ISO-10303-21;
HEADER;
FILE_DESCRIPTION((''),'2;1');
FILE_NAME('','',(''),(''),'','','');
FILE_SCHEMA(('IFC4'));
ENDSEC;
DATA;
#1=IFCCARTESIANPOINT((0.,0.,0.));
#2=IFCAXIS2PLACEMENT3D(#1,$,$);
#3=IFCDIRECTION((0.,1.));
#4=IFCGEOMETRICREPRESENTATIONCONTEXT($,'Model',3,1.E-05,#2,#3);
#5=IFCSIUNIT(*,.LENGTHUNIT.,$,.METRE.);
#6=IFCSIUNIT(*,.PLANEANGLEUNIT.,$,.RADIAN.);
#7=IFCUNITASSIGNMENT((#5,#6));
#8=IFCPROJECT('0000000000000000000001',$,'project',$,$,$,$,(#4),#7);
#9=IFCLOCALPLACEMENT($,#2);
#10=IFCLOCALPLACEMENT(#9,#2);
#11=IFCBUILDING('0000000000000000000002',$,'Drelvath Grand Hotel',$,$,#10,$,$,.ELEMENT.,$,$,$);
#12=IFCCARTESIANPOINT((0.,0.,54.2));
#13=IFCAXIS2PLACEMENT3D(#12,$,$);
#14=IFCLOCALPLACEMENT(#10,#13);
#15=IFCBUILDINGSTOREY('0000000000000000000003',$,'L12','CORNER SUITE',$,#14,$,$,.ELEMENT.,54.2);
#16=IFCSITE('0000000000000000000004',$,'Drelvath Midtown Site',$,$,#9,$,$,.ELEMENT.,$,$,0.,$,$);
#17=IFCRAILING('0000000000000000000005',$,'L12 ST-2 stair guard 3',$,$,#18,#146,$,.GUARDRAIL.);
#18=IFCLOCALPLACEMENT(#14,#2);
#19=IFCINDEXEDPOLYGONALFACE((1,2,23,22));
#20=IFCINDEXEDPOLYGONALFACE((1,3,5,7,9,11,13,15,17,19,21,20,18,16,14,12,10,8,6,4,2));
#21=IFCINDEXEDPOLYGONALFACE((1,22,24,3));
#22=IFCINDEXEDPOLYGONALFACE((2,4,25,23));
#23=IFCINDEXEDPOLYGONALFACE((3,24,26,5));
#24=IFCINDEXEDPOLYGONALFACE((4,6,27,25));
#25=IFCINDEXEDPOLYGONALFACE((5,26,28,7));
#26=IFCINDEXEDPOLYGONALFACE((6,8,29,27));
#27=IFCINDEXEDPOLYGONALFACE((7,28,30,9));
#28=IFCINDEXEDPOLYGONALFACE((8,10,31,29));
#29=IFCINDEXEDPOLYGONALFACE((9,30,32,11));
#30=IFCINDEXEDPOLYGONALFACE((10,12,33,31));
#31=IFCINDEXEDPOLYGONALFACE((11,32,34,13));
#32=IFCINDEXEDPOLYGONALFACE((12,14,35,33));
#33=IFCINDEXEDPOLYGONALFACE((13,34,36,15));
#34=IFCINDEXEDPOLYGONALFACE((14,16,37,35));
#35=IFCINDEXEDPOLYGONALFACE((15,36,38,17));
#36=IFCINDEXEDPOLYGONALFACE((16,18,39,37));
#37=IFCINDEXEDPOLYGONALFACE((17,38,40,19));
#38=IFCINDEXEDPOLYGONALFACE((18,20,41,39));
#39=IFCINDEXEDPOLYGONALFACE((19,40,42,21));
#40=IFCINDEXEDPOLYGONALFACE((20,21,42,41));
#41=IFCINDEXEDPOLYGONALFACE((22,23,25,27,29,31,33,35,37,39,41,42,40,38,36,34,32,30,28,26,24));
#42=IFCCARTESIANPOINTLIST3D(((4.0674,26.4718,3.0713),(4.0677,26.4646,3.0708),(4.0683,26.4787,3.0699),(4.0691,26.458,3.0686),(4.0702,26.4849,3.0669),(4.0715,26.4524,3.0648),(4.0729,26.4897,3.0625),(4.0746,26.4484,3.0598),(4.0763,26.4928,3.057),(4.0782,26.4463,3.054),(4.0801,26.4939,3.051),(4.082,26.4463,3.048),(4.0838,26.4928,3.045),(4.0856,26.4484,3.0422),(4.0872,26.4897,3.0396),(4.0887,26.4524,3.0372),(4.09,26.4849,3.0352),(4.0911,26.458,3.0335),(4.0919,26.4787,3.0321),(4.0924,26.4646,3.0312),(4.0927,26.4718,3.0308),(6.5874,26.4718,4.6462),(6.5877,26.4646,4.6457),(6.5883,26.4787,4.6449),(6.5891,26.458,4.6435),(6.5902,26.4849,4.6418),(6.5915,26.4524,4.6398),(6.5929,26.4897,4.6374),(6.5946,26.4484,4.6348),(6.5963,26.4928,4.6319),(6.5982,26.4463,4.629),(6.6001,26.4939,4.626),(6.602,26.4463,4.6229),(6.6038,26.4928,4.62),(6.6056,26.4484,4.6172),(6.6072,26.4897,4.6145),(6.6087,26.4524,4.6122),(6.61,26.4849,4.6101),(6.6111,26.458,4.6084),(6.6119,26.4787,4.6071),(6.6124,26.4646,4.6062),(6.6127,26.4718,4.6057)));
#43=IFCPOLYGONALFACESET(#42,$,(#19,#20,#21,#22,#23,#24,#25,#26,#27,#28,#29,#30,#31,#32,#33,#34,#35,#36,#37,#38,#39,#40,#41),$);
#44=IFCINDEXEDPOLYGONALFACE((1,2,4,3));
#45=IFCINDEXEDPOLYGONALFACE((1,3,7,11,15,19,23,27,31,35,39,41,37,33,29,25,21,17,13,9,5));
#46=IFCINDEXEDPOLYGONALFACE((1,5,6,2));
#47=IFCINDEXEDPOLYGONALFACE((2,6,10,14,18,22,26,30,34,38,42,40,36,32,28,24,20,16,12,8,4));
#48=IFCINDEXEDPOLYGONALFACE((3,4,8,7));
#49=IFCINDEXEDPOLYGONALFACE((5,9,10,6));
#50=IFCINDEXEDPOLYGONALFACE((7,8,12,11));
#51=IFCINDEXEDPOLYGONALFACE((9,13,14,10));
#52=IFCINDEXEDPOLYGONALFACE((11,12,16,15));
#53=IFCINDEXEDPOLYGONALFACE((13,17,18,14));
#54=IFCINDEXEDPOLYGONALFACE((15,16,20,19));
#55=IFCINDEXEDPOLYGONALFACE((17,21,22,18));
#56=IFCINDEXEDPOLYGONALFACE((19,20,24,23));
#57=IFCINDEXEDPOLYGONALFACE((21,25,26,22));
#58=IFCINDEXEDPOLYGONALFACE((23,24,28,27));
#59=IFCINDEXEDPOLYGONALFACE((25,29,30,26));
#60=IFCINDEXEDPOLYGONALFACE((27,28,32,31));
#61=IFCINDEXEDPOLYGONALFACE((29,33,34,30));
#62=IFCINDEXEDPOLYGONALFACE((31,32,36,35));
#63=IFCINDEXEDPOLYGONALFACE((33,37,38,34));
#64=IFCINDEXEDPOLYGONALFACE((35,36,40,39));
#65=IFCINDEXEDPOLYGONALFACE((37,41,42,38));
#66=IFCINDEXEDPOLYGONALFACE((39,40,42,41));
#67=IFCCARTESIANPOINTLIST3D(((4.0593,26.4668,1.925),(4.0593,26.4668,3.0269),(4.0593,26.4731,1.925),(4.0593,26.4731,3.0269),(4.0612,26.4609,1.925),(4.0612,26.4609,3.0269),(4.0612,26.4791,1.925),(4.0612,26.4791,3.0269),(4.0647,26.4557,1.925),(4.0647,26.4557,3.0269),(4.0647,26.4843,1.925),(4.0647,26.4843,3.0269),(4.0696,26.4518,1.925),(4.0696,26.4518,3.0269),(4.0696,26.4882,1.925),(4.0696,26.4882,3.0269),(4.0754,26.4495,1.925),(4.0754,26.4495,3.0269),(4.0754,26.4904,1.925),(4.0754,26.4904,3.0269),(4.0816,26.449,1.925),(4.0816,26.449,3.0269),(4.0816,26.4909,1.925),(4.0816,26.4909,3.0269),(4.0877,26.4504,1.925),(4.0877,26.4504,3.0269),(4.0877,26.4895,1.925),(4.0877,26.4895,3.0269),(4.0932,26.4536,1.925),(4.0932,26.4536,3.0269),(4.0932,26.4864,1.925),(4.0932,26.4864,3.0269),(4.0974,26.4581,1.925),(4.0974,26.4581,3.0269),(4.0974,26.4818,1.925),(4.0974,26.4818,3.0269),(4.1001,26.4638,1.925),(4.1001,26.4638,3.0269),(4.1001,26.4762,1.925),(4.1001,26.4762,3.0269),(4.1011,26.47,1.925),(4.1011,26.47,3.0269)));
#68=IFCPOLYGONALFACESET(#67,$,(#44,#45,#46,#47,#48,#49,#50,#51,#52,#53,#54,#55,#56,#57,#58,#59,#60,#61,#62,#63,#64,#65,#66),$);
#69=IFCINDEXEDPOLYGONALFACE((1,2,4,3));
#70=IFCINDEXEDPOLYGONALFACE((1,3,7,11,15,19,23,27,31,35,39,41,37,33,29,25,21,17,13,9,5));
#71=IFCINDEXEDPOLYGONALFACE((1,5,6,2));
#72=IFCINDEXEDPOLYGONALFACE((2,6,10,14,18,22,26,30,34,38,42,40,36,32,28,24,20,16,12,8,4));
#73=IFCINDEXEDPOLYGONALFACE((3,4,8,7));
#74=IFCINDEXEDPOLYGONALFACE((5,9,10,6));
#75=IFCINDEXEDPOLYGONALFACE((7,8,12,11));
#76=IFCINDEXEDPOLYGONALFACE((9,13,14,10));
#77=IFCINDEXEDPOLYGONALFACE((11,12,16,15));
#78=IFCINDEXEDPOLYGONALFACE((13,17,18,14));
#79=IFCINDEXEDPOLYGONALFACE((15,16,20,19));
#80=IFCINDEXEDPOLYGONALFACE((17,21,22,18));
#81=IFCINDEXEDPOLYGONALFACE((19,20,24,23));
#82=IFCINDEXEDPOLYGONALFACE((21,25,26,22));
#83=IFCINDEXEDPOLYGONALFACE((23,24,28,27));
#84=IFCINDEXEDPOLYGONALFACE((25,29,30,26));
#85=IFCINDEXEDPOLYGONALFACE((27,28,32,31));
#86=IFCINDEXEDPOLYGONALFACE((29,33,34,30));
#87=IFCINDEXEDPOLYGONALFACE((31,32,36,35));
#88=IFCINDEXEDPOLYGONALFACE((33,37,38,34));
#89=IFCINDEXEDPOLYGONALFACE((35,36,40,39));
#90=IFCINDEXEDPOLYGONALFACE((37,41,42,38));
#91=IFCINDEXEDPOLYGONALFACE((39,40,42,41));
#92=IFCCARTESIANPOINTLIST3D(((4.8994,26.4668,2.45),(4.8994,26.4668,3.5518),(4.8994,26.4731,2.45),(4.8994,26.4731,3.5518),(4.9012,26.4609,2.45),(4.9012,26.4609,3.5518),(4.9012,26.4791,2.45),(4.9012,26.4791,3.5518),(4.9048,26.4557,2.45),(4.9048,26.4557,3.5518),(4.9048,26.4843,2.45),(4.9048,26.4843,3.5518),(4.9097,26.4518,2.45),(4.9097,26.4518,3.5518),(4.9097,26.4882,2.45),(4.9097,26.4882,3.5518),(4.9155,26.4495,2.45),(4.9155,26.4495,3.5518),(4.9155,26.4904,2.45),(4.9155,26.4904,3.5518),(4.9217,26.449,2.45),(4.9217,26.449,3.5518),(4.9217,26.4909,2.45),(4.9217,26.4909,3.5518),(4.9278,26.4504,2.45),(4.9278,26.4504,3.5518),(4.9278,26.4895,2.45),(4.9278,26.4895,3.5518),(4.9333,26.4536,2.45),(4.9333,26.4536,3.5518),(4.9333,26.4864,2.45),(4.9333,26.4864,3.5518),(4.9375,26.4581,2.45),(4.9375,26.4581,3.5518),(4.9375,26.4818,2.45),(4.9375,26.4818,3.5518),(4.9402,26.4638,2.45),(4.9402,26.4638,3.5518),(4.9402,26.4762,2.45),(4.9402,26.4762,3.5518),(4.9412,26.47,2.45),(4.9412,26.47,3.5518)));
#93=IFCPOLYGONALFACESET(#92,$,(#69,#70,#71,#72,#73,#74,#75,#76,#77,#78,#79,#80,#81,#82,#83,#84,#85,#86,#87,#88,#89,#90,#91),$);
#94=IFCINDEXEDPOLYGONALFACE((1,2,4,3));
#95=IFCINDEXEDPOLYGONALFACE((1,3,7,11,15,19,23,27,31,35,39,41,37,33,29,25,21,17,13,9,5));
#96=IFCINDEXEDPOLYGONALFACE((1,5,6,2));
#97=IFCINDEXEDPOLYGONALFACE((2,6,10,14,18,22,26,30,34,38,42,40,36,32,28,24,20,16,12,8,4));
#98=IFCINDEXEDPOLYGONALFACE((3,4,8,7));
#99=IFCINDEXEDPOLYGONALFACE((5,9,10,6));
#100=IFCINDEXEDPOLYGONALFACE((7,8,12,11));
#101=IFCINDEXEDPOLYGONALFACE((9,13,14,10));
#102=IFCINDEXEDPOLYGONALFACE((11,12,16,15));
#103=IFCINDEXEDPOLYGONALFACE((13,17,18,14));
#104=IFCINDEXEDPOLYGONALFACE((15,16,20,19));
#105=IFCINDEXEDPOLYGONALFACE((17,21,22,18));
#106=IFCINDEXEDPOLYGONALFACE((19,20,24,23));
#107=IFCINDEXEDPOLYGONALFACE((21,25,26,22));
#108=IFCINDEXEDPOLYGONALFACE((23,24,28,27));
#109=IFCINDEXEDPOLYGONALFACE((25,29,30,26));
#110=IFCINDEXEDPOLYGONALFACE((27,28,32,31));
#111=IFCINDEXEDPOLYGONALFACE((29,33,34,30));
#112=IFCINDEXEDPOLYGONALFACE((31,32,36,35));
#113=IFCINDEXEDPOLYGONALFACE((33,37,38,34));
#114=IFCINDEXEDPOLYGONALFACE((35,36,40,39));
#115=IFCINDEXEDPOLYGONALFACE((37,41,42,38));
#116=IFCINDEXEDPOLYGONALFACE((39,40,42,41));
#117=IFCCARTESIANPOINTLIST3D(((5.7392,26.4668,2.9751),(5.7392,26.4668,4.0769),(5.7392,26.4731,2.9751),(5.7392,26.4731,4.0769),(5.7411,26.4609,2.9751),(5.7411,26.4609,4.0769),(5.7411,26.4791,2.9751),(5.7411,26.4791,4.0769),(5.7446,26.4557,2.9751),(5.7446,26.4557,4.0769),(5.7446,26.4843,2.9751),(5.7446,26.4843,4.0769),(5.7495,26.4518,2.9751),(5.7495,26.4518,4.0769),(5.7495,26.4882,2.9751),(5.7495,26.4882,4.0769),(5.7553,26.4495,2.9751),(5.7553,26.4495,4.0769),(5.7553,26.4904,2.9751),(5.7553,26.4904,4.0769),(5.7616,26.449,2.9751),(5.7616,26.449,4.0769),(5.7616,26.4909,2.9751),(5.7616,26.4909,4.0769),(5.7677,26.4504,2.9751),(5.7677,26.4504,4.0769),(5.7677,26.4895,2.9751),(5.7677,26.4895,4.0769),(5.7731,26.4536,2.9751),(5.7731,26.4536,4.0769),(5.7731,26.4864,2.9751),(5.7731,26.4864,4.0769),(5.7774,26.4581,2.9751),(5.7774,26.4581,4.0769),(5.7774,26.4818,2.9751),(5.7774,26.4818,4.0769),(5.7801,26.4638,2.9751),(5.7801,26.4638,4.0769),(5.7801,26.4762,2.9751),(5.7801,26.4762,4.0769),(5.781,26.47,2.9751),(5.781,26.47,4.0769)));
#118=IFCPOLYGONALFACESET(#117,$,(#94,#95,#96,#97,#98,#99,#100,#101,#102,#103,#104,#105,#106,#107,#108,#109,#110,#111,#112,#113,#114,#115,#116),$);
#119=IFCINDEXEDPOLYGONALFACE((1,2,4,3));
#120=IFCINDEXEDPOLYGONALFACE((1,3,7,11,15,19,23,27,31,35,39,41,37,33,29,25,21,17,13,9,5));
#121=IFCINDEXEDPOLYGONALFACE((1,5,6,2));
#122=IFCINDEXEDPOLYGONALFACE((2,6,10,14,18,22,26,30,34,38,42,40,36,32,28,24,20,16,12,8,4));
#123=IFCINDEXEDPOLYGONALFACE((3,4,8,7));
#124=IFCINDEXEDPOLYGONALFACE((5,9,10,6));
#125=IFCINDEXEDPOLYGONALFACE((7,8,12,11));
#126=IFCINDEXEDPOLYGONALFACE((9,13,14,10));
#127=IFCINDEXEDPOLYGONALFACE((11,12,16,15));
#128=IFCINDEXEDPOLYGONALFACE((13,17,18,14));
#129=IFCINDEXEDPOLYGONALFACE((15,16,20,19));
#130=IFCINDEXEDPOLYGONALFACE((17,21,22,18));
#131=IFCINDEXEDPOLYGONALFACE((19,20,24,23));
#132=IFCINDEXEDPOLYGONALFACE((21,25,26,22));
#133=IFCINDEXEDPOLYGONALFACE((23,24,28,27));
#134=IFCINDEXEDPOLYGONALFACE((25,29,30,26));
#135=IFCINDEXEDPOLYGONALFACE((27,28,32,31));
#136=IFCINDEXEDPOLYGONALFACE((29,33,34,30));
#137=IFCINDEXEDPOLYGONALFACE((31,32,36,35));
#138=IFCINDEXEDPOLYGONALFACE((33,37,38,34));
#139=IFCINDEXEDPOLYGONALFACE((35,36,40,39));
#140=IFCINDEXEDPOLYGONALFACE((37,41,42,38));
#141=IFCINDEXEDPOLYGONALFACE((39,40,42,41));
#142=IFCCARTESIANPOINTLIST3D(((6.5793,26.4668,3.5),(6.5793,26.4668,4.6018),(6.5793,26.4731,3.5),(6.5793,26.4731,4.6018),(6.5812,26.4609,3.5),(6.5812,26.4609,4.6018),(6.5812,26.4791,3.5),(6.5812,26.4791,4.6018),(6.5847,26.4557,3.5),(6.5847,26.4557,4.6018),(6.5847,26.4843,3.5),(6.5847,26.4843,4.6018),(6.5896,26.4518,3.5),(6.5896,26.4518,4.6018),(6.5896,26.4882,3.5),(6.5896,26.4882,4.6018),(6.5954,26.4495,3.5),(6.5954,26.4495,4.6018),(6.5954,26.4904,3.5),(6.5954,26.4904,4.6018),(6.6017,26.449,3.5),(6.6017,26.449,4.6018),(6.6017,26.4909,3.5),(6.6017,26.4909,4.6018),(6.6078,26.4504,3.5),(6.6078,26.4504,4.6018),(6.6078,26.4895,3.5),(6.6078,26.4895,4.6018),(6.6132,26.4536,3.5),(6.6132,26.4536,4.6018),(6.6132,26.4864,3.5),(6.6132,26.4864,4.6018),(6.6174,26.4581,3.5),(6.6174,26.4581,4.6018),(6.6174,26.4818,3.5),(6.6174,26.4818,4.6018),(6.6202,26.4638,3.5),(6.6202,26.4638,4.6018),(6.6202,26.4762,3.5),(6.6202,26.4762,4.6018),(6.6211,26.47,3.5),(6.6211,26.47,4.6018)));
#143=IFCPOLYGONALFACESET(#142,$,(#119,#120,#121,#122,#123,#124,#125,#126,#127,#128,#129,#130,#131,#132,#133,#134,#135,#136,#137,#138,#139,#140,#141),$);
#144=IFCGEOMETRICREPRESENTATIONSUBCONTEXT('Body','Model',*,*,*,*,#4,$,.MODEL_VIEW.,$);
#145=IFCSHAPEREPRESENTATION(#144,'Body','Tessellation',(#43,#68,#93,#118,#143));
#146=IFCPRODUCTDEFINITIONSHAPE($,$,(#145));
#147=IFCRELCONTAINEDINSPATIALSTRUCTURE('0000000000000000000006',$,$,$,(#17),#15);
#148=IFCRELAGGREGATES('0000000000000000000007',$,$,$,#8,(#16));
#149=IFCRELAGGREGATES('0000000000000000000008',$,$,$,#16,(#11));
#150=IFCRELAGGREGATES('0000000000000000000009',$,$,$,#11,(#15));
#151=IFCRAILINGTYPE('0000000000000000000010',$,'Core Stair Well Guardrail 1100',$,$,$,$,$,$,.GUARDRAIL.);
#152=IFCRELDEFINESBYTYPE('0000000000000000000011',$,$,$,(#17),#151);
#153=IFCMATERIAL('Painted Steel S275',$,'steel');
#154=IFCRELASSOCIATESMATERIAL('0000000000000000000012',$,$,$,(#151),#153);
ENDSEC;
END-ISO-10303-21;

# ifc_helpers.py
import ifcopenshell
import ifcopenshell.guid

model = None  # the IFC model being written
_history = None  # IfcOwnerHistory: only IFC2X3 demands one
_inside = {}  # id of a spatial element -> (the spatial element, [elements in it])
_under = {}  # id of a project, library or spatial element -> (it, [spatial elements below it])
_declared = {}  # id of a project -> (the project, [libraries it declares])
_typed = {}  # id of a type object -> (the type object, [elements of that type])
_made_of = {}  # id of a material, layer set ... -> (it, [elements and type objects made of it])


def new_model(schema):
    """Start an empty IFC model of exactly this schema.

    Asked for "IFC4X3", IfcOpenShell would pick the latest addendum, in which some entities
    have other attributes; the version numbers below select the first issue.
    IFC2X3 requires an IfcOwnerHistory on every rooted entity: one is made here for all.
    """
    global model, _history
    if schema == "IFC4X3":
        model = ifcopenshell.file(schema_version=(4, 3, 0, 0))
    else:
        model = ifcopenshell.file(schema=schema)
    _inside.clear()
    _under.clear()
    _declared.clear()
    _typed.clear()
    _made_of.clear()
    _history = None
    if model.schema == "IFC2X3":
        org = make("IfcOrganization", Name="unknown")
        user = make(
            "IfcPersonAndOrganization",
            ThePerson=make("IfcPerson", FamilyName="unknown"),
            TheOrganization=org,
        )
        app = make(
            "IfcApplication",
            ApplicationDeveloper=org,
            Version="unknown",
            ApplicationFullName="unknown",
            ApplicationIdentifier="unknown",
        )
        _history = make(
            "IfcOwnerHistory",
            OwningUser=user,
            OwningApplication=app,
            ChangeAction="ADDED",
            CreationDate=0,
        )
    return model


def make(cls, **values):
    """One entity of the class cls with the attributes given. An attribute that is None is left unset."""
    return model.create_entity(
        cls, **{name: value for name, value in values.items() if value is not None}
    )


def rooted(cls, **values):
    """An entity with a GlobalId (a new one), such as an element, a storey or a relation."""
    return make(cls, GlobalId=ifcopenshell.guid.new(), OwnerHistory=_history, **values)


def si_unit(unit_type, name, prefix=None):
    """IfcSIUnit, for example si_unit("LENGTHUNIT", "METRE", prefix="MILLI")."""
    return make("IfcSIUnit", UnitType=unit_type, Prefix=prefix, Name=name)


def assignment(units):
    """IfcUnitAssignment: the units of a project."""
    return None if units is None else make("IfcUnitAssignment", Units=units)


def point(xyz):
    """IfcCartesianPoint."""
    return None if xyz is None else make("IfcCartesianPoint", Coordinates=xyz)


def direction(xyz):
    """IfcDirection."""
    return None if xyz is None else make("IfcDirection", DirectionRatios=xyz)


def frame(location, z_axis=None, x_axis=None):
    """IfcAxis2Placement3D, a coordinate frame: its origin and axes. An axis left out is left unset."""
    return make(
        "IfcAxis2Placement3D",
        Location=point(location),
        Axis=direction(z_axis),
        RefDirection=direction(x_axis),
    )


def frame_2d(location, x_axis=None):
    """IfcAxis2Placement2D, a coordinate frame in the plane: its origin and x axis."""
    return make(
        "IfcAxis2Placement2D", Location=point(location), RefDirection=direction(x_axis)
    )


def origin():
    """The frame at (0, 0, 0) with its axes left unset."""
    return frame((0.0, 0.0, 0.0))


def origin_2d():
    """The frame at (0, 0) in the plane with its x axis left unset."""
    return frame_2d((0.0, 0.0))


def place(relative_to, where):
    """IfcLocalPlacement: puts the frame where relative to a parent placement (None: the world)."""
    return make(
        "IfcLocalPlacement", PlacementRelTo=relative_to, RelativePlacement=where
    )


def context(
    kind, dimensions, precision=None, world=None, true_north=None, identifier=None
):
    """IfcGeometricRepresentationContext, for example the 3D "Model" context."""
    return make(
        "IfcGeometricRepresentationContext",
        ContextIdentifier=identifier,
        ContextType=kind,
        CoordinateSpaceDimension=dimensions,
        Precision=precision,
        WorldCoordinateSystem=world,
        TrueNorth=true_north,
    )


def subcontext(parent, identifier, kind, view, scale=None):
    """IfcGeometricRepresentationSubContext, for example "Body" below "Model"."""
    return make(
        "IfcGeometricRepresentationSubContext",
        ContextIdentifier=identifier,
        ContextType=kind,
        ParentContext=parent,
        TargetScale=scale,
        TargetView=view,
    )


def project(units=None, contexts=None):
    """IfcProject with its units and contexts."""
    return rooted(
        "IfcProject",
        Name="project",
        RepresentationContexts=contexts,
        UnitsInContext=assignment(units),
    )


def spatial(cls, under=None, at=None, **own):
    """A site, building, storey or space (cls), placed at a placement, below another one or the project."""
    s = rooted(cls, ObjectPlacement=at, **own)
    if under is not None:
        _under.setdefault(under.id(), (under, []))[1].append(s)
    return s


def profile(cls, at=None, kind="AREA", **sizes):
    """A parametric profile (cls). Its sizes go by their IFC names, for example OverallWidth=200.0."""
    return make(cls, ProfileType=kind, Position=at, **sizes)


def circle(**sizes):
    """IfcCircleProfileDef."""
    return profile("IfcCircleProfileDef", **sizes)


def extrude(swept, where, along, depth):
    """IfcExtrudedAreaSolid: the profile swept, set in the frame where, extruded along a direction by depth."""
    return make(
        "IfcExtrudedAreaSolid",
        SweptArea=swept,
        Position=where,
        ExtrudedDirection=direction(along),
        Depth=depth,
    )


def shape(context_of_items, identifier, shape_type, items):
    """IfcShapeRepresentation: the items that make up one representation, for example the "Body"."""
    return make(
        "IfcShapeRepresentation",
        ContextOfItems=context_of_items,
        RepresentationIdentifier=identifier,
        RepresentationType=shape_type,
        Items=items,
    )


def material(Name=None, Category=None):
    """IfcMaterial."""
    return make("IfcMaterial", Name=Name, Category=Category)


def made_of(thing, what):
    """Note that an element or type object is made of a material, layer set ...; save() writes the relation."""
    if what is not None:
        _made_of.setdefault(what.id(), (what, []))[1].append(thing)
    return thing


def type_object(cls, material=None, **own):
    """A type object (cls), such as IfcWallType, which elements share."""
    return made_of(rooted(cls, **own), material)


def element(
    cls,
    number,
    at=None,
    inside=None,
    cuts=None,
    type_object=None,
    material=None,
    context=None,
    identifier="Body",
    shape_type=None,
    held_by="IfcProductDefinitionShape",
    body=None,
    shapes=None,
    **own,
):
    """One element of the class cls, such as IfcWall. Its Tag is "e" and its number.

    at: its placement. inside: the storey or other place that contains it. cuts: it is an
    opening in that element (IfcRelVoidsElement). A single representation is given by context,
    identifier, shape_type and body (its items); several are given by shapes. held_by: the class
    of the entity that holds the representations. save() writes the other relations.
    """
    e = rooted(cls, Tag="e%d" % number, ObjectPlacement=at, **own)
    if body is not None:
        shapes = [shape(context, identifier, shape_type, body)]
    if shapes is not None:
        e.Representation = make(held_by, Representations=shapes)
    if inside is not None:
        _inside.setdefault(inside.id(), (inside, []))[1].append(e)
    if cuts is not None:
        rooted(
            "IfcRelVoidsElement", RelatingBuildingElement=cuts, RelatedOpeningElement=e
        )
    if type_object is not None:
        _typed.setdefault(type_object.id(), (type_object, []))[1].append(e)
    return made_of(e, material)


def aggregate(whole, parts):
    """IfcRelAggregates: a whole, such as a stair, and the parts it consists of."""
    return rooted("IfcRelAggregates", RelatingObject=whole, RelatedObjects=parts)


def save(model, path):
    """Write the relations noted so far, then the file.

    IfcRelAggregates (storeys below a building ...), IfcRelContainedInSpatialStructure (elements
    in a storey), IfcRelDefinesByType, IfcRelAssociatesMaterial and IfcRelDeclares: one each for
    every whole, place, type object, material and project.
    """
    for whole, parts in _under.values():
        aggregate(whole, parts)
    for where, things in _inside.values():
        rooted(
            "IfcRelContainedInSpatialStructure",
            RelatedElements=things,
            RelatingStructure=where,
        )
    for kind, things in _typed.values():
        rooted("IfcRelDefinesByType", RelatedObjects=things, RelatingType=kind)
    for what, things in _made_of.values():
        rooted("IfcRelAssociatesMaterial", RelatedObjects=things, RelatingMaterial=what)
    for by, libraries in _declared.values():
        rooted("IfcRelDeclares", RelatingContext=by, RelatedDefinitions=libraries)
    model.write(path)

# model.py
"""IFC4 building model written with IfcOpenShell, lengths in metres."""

from ifc_helpers import new_model, si_unit, direction, frame, origin, origin_2d, place, context, subcontext, project, spatial, circle, extrude, material, type_object, element, save


model = new_model("IFC4")

# Units and contexts
model_context = context("Model", 3, precision=1e-05, world=origin(), true_north=direction((0.0, 1.0)))
body_context = subcontext(model_context, "Body", "Model", "MODEL_VIEW")
ifc_project = project(units=[si_unit("LENGTHUNIT", "METRE"), si_unit("PLANEANGLEUNIT", "RADIAN")], contexts=[model_context])

# Site, building, storey
site_placement = place(None, origin())
site = spatial("IfcSite", under=ifc_project, at=site_placement, Name="Drelvath Midtown Site", CompositionType="ELEMENT", RefElevation=0.0)
building_placement = place(site_placement, origin())
building = spatial("IfcBuilding", under=site, at=building_placement, Name="Drelvath Grand Hotel", CompositionType="ELEMENT")
storey_placement = place(building_placement, frame((0.0, 0.0, 54.2)))
storey = spatial("IfcBuildingStorey", under=building, at=storey_placement, Name="L12", Description="CORNER SUITE", CompositionType="ELEMENT", Elevation=54.2)

# Shared definitions
ifc_material_1 = material(Name="Painted Steel S275", Category="steel")

# Railing
railing_type_1 = type_object("IfcRailingType", Name="Core Stair Well Guardrail 1100", PredefinedType="GUARDRAIL", material=ifc_material_1)
railing_1_placement = place(storey_placement, frame((4.0801, 26.47, 1.925)))
element("IfcRailing", 1, at=railing_1_placement, inside=storey, type_object=railing_type_1, Name="L12 ST-2 stair guard 3", PredefinedType="GUARDRAIL", context=body_context, shape_type="SweptSolid", body=[
    extrude(circle(Radius=0.0239, at=origin_2d()), frame((0.0, 0.0, 1.126), z_axis=(0.848008, 0.0, 0.529984), x_axis=(0.0, 1.0, 0.0)), (0.0, 0.0, 1.0), 2.9717),
    extrude(circle(Radius=0.021, at=origin_2d()), origin(), (0.0, 0.0, 1.0), 1.1018),
    extrude(circle(Radius=0.021, at=origin_2d()), frame((0.8401, 0.0, 0.5249)), (0.0, 0.0, 1.0), 1.1018),
    extrude(circle(Radius=0.021, at=origin_2d()), frame((1.6799, 0.0, 1.05)), (0.0, 0.0, 1.0), 1.1018),
    extrude(circle(Radius=0.021, at=origin_2d()), frame((2.52, 0.0, 1.575)), (0.0, 0.0, 1.0), 1.1018),
])

save(model, "model.ifc")
